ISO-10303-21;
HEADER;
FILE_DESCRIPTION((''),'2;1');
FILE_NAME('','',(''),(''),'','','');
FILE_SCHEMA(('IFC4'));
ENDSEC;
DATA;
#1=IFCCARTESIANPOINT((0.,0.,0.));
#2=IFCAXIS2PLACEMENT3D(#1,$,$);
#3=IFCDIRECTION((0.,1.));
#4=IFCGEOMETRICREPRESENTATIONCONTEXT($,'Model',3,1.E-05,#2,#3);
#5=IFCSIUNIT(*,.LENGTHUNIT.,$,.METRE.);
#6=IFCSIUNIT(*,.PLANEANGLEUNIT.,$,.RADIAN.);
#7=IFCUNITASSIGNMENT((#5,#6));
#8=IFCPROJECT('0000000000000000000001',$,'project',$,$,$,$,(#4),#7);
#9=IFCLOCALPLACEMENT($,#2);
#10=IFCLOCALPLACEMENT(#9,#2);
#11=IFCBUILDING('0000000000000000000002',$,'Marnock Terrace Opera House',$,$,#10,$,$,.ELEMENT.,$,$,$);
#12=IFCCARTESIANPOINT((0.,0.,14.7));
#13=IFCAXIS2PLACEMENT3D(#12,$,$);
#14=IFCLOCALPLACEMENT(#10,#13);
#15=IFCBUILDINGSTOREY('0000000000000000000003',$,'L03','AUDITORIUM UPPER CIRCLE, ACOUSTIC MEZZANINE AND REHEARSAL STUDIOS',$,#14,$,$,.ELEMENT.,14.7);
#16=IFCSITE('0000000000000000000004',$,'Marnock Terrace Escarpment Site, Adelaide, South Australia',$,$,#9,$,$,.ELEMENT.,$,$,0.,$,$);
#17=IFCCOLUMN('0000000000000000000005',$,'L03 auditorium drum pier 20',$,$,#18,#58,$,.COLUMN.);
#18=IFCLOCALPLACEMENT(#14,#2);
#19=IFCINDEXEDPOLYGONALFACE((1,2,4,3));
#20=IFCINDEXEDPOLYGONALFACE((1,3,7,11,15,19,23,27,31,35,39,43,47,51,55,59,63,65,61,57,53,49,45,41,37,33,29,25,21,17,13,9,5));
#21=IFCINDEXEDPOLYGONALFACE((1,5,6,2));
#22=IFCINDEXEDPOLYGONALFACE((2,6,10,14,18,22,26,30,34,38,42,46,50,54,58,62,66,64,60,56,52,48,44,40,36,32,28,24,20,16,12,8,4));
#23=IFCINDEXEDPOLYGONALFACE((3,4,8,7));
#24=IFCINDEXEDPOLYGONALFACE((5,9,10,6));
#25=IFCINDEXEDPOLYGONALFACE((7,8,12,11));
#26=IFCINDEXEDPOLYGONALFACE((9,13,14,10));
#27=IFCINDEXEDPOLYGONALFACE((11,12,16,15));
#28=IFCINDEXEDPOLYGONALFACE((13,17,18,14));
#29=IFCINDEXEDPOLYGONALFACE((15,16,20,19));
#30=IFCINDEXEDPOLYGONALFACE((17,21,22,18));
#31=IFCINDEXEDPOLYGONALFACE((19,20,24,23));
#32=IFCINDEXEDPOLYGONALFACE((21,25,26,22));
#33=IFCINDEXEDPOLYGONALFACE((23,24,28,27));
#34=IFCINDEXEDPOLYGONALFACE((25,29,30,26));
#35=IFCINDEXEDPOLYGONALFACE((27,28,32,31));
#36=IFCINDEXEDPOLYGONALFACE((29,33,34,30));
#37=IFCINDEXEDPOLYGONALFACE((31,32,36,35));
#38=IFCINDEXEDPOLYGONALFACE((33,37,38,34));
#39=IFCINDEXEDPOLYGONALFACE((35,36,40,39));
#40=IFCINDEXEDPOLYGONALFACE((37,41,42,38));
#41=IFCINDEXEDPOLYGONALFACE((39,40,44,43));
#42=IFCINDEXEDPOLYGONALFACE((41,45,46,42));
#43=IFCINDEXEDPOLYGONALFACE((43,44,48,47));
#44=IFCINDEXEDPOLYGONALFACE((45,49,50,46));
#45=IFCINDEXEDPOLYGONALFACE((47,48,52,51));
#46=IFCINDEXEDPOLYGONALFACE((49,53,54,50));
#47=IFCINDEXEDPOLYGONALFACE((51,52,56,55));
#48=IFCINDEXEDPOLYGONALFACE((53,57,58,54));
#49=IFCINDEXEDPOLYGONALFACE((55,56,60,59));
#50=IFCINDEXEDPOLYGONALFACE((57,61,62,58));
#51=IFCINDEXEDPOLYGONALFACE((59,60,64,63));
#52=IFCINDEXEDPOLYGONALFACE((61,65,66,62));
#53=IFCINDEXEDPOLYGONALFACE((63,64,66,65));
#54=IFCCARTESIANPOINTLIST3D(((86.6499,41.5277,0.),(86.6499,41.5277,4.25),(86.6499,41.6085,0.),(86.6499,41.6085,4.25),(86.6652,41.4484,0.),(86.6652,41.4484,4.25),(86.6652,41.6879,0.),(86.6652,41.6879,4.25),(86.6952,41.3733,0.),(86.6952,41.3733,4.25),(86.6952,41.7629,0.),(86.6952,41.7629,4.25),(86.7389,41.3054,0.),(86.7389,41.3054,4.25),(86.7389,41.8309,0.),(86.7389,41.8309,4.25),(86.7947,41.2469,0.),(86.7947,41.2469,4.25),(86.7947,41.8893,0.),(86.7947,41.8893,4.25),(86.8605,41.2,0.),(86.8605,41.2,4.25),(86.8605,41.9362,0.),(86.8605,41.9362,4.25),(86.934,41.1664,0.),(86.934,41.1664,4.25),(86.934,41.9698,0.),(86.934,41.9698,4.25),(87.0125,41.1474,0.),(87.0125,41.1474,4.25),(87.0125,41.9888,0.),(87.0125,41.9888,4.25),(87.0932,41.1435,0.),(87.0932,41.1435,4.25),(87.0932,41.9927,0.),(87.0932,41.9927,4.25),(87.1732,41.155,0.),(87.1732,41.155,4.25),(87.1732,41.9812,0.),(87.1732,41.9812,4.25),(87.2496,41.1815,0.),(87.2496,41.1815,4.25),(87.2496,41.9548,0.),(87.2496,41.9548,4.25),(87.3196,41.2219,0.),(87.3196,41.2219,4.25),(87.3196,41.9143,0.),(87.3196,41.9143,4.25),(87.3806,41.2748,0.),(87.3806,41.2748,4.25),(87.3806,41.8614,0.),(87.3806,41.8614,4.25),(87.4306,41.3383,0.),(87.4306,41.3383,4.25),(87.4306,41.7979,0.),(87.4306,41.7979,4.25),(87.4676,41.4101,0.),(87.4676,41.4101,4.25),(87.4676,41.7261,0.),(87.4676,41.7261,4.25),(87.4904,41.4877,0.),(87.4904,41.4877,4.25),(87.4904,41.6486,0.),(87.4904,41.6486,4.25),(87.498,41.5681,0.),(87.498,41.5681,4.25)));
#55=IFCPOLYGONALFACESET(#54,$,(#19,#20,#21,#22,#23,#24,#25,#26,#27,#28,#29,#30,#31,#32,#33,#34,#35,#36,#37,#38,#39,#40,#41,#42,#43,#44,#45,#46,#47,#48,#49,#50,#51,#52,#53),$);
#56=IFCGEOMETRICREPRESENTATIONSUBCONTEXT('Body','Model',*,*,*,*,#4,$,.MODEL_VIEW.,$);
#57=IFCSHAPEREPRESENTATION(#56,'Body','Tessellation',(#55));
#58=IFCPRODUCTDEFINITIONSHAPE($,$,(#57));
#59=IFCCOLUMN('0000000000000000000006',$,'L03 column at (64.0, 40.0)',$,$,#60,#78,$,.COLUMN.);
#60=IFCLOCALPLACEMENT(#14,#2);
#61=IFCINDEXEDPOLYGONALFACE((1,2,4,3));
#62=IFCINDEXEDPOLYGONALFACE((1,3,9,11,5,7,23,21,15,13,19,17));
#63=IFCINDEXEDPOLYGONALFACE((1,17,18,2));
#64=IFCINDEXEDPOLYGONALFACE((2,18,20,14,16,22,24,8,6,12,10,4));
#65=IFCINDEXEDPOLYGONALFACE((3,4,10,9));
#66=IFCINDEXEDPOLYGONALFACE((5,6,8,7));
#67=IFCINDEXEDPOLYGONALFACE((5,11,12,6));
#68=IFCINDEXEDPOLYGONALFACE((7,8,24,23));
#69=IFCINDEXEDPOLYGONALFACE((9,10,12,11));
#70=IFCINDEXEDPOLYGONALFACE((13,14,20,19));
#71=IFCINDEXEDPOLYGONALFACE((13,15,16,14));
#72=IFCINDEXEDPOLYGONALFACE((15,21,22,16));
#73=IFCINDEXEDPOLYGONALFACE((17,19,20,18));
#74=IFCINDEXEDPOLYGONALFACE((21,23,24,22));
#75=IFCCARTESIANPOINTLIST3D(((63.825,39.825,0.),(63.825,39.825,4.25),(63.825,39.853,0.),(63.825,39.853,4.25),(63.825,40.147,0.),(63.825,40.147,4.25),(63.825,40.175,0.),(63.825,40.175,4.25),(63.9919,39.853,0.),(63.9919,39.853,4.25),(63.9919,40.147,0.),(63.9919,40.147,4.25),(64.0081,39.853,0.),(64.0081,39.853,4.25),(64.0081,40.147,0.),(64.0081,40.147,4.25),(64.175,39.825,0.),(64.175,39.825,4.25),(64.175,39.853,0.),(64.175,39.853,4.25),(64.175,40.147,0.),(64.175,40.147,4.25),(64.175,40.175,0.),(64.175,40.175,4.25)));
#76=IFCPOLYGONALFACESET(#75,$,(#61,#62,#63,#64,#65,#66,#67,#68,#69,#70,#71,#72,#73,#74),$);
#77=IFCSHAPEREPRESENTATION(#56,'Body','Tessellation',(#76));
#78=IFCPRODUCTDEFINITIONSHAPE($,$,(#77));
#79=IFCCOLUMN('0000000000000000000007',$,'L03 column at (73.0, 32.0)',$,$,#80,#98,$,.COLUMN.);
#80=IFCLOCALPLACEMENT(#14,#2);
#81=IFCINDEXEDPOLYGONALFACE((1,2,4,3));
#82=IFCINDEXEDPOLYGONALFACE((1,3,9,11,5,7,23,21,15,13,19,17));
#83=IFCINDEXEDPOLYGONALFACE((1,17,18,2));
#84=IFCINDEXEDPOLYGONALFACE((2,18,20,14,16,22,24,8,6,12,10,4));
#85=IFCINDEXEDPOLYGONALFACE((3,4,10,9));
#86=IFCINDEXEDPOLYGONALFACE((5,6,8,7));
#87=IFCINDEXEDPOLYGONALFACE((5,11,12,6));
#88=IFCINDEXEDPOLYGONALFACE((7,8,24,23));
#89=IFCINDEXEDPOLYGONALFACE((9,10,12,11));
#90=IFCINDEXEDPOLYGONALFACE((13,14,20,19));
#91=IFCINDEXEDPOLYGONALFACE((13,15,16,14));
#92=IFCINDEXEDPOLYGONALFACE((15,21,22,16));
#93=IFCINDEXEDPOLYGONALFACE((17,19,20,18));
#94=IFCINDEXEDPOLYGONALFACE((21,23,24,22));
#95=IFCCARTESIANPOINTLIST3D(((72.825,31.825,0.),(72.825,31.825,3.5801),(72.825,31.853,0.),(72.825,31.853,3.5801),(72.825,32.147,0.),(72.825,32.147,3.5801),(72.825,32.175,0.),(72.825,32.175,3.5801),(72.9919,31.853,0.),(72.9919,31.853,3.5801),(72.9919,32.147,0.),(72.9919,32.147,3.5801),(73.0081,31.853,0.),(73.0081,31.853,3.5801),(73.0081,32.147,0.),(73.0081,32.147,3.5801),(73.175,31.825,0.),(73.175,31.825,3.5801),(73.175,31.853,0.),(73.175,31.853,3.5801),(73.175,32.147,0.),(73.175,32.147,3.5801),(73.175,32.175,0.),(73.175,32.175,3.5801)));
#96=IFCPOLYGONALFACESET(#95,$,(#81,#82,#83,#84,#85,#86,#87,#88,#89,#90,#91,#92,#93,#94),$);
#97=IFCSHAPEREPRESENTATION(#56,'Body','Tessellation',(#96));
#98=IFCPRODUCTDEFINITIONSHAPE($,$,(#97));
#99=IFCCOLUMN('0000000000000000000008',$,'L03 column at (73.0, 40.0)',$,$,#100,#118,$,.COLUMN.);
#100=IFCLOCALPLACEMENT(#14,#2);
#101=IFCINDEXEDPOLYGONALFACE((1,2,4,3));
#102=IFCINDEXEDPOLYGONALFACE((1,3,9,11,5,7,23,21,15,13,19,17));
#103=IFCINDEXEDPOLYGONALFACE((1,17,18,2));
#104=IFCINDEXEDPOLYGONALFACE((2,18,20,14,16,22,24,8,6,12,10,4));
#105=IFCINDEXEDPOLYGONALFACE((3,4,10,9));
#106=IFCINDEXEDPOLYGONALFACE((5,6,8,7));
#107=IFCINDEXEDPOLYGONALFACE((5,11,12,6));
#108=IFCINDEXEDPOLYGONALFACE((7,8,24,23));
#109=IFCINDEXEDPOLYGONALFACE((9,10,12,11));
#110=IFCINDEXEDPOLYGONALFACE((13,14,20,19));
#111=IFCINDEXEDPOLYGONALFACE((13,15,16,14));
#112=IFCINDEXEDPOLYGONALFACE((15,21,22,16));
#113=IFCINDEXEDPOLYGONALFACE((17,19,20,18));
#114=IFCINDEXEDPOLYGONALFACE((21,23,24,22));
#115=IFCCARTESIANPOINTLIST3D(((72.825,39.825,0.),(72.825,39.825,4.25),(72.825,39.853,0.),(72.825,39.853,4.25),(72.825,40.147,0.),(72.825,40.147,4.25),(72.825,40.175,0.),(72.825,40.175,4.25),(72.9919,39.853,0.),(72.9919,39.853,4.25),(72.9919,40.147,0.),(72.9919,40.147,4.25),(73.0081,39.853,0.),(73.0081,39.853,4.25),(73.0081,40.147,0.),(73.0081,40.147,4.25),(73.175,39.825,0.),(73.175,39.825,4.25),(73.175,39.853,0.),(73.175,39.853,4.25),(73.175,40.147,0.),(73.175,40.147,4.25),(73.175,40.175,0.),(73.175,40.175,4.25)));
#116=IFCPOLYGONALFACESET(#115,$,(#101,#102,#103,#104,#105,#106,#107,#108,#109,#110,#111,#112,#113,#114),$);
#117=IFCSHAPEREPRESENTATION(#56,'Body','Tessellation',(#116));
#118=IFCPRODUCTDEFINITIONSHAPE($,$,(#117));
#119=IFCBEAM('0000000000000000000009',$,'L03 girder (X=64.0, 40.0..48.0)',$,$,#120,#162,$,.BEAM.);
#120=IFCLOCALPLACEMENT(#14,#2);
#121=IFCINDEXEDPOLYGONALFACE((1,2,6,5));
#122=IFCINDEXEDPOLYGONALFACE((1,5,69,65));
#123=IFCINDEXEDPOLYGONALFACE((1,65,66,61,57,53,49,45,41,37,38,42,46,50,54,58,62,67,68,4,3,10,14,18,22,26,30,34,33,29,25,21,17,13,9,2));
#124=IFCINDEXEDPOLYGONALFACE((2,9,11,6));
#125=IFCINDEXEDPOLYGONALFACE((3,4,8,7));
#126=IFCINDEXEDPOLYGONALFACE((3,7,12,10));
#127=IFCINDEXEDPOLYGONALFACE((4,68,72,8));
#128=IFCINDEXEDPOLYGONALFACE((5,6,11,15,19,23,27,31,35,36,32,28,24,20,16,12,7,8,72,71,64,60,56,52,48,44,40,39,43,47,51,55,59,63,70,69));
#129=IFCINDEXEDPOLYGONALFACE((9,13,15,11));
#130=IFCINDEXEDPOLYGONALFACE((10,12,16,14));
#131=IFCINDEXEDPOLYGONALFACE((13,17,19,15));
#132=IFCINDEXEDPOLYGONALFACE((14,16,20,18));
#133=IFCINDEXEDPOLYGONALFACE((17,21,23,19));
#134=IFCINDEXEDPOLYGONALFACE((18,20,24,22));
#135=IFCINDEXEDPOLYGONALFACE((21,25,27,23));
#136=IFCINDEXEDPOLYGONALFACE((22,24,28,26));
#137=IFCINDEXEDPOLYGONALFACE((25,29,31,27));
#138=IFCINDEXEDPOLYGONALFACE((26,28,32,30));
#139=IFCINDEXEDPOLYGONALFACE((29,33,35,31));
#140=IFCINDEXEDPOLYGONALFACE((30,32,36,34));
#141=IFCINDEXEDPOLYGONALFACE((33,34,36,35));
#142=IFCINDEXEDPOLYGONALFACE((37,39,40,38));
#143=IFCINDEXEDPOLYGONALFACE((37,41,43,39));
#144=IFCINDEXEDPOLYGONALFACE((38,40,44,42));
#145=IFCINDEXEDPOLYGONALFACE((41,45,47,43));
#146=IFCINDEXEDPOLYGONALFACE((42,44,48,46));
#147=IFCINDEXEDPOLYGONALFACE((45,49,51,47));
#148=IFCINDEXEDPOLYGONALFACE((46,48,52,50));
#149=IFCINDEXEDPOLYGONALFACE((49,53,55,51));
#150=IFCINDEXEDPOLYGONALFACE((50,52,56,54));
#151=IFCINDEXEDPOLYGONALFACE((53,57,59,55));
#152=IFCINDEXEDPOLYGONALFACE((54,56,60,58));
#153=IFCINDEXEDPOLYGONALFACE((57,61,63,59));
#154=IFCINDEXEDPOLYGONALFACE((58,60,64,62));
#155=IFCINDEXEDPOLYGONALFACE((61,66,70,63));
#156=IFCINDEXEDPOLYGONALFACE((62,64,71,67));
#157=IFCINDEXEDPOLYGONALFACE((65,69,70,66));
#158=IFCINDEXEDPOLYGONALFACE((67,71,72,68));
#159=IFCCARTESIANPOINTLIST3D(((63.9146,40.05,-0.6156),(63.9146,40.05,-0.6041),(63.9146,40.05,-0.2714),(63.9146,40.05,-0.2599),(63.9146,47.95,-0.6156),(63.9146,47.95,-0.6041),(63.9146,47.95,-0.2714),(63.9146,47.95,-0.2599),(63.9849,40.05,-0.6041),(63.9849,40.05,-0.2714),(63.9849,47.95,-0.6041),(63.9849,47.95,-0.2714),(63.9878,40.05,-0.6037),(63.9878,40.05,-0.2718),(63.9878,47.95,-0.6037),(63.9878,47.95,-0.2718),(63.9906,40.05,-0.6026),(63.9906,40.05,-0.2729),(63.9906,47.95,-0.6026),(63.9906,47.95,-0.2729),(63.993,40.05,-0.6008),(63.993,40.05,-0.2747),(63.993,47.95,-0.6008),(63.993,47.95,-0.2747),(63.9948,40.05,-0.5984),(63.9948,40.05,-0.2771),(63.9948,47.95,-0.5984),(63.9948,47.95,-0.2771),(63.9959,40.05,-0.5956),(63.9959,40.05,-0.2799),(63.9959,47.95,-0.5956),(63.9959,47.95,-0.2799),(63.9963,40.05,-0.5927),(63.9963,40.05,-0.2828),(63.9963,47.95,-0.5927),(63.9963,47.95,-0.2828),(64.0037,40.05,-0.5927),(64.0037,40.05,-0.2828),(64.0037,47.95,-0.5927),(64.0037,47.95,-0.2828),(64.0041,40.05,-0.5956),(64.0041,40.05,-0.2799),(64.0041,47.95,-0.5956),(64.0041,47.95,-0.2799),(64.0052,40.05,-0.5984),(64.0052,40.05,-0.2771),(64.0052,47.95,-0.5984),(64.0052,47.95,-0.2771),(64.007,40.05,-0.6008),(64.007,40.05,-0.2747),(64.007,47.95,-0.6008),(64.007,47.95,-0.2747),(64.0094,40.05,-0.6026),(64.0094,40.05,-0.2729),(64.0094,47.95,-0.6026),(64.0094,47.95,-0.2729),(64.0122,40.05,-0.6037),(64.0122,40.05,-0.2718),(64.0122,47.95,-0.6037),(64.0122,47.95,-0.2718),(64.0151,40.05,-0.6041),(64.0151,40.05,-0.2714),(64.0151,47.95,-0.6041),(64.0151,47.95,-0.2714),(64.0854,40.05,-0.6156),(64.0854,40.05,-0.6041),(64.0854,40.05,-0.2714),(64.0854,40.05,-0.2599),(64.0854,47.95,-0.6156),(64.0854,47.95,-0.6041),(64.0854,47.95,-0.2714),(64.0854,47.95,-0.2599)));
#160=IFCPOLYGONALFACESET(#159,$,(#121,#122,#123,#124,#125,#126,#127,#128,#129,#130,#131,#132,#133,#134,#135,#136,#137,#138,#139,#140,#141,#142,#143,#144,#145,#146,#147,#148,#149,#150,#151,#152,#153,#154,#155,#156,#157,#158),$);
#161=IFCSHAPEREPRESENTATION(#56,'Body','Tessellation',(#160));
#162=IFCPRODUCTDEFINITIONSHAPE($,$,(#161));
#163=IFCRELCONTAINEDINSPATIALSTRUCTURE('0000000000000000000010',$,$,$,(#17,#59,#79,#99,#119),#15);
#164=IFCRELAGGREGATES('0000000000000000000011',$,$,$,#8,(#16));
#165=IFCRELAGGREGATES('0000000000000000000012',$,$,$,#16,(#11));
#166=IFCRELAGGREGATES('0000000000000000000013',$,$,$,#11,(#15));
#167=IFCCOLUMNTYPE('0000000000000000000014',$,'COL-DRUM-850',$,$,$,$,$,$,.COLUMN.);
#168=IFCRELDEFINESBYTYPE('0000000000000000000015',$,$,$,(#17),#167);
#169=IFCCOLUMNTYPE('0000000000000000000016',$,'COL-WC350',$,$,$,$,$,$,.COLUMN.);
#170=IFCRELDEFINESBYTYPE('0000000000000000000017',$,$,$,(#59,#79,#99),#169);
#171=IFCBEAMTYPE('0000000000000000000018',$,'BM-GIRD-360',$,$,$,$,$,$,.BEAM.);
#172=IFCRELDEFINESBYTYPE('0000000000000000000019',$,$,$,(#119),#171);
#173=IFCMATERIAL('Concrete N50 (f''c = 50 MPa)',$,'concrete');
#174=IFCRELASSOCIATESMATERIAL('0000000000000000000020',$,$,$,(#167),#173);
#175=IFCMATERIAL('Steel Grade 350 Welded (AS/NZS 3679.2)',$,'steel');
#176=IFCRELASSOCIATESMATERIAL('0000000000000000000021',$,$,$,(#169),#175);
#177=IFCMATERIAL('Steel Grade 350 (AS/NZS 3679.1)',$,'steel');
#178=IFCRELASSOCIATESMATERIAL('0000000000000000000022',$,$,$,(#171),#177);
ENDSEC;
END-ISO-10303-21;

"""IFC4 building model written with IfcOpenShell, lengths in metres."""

from ifc_helpers import new_model, si_unit, direction, frame, origin, origin_2d, place, context, subcontext, project, spatial, circle, i_section, extrude, material, material_profile, profile_set, type_object, element, save


model = new_model("IFC4")

# Units and contexts
model_context = context("Model", 3, precision=1e-05, world=origin(), true_north=direction((0.0, 1.0)))
body_context = subcontext(model_context, "Body", "Model", "MODEL_VIEW")
ifc_project = project(units=[si_unit("LENGTHUNIT", "METRE"), si_unit("PLANEANGLEUNIT", "RADIAN")], contexts=[model_context])

# Site, building, storey
site_placement = place(None, origin())
site = spatial("IfcSite", under=ifc_project, at=site_placement, Name="Marnock Terrace Escarpment Site, Adelaide, South Australia", CompositionType="ELEMENT", RefElevation=0.0)
building_placement = place(site_placement, origin())
building = spatial("IfcBuilding", under=site, at=building_placement, Name="Marnock Terrace Opera House", CompositionType="ELEMENT")
storey_placement = place(building_placement, frame((0.0, 0.0, 14.7)))
storey = spatial("IfcBuildingStorey", under=building, at=storey_placement, Name="L03", Description="AUDITORIUM UPPER CIRCLE, ACOUSTIC MEZZANINE AND REHEARSAL STUDIOS", CompositionType="ELEMENT", Elevation=14.7)

# Columns
ifc_material_1 = material(Name="Concrete N50 (f'c = 50 MPa)", Category="concrete")
ifc_material_profile_1 = material_profile(ifc_material_1, circle(Radius=0.425, at=origin_2d()))
ifc_profile_set_1 = profile_set([ifc_material_profile_1], Name="Concrete N50 (f'c = 50 MPa)")
column_type_1 = type_object("IfcColumnType", Name="COL-DRUM-850", PredefinedType="COLUMN", material=ifc_profile_set_1)
for number, where, z_axis, x_axis, name in (
    (1, (87.073, 41.5681, 0.0), (0.0, 0.0, 1.0), (1.0, 0.0, 0.0), "L03 auditorium drum pier 20"),
):
    element("IfcColumn", number, at=place(storey_placement, frame(where, z_axis=z_axis, x_axis=x_axis)), inside=storey, type_object=column_type_1, Name=name, PredefinedType="COLUMN", context=body_context, shape_type="SweptSolid", body=[
        extrude(circle(Radius=0.425, at=origin_2d()), origin(), (0.0, 0.0, 1.0), 4.25),
    ])
ifc_material_2 = material(Name="Steel Grade 350 Welded (AS/NZS 3679.2)", Category="steel")
ifc_material_profile_2 = material_profile(ifc_material_2, i_section(OverallWidth=0.3501, OverallDepth=0.3501, WebThickness=0.0161, FlangeThickness=0.0281, at=origin_2d()))
ifc_profile_set_2 = profile_set([ifc_material_profile_2], Name="Steel Grade 350 Welded (AS/NZS 3679.2)")
column_type_2 = type_object("IfcColumnType", Name="COL-WC350", PredefinedType="COLUMN", material=ifc_profile_set_2)
column_1_placement = place(storey_placement, frame((64.0, 40.0, 0.0), z_axis=(0.0, 0.0, 1.0), x_axis=(1.0, 0.0, 0.0)))
element("IfcColumn", 2, at=column_1_placement, inside=storey, type_object=column_type_2, Name="L03 column at (64.0, 40.0)", PredefinedType="COLUMN", context=body_context, shape_type="SweptSolid", body=[
    extrude(i_section(OverallWidth=0.3501, OverallDepth=0.3501, WebThickness=0.0161, FlangeThickness=0.0281, at=origin_2d()), origin(), (0.0, 0.0, 1.0), 4.25),
])
column_2_placement = place(storey_placement, frame((73.0, 32.0, 0.0), z_axis=(0.0, 0.0, 1.0), x_axis=(1.0, 0.0, 0.0)))
element("IfcColumn", 3, at=column_2_placement, inside=storey, type_object=column_type_2, Name="L03 column at (73.0, 32.0)", PredefinedType="COLUMN", context=body_context, shape_type="SweptSolid", body=[
    extrude(i_section(OverallWidth=0.3501, OverallDepth=0.3501, WebThickness=0.0161, FlangeThickness=0.0281, at=origin_2d()), origin(), (0.0, 0.0, 1.0), 3.5801),
])
column_3_placement = place(storey_placement, frame((73.0, 40.0, 0.0), z_axis=(0.0, 0.0, 1.0), x_axis=(1.0, 0.0, 0.0)))
element("IfcColumn", 4, at=column_3_placement, inside=storey, type_object=column_type_2, Name="L03 column at (73.0, 40.0)", PredefinedType="COLUMN", context=body_context, shape_type="SweptSolid", body=[
    extrude(i_section(OverallWidth=0.3501, OverallDepth=0.3501, WebThickness=0.0161, FlangeThickness=0.0281, at=origin_2d()), origin(), (0.0, 0.0, 1.0), 4.25),
])

# Beam
ifc_material_3 = material(Name="Steel Grade 350 (AS/NZS 3679.1)", Category="steel")
ifc_material_profile_3 = material_profile(ifc_material_3, i_section(OverallWidth=0.1709, OverallDepth=0.3557, WebThickness=0.0073, FlangeThickness=0.0115, FilletRadius=0.0115, at=origin_2d()))
ifc_profile_set_3 = profile_set([ifc_material_profile_3], Name="Steel Grade 350 (AS/NZS 3679.1)")
beam_type_1 = type_object("IfcBeamType", Name="BM-GIRD-360", PredefinedType="BEAM", material=ifc_profile_set_3)
beam_1_placement = place(storey_placement, frame((64.0, 40.05, -0.4377), z_axis=(0.0, 1.0, 0.0), x_axis=(-1.0, 0.0, 0.0)))
element("IfcBeam", 5, at=beam_1_placement, inside=storey, type_object=beam_type_1, Name="L03 girder (X=64.0, 40.0..48.0)", PredefinedType="BEAM", context=body_context, shape_type="SweptSolid", body=[
    extrude(i_section(OverallWidth=0.1709, OverallDepth=0.3557, WebThickness=0.0073, FlangeThickness=0.0115, FilletRadius=0.0115, at=origin_2d()), origin(), (0.0, 0.0, 1.0), 7.8999),
])

save(model, "model.ifc")
